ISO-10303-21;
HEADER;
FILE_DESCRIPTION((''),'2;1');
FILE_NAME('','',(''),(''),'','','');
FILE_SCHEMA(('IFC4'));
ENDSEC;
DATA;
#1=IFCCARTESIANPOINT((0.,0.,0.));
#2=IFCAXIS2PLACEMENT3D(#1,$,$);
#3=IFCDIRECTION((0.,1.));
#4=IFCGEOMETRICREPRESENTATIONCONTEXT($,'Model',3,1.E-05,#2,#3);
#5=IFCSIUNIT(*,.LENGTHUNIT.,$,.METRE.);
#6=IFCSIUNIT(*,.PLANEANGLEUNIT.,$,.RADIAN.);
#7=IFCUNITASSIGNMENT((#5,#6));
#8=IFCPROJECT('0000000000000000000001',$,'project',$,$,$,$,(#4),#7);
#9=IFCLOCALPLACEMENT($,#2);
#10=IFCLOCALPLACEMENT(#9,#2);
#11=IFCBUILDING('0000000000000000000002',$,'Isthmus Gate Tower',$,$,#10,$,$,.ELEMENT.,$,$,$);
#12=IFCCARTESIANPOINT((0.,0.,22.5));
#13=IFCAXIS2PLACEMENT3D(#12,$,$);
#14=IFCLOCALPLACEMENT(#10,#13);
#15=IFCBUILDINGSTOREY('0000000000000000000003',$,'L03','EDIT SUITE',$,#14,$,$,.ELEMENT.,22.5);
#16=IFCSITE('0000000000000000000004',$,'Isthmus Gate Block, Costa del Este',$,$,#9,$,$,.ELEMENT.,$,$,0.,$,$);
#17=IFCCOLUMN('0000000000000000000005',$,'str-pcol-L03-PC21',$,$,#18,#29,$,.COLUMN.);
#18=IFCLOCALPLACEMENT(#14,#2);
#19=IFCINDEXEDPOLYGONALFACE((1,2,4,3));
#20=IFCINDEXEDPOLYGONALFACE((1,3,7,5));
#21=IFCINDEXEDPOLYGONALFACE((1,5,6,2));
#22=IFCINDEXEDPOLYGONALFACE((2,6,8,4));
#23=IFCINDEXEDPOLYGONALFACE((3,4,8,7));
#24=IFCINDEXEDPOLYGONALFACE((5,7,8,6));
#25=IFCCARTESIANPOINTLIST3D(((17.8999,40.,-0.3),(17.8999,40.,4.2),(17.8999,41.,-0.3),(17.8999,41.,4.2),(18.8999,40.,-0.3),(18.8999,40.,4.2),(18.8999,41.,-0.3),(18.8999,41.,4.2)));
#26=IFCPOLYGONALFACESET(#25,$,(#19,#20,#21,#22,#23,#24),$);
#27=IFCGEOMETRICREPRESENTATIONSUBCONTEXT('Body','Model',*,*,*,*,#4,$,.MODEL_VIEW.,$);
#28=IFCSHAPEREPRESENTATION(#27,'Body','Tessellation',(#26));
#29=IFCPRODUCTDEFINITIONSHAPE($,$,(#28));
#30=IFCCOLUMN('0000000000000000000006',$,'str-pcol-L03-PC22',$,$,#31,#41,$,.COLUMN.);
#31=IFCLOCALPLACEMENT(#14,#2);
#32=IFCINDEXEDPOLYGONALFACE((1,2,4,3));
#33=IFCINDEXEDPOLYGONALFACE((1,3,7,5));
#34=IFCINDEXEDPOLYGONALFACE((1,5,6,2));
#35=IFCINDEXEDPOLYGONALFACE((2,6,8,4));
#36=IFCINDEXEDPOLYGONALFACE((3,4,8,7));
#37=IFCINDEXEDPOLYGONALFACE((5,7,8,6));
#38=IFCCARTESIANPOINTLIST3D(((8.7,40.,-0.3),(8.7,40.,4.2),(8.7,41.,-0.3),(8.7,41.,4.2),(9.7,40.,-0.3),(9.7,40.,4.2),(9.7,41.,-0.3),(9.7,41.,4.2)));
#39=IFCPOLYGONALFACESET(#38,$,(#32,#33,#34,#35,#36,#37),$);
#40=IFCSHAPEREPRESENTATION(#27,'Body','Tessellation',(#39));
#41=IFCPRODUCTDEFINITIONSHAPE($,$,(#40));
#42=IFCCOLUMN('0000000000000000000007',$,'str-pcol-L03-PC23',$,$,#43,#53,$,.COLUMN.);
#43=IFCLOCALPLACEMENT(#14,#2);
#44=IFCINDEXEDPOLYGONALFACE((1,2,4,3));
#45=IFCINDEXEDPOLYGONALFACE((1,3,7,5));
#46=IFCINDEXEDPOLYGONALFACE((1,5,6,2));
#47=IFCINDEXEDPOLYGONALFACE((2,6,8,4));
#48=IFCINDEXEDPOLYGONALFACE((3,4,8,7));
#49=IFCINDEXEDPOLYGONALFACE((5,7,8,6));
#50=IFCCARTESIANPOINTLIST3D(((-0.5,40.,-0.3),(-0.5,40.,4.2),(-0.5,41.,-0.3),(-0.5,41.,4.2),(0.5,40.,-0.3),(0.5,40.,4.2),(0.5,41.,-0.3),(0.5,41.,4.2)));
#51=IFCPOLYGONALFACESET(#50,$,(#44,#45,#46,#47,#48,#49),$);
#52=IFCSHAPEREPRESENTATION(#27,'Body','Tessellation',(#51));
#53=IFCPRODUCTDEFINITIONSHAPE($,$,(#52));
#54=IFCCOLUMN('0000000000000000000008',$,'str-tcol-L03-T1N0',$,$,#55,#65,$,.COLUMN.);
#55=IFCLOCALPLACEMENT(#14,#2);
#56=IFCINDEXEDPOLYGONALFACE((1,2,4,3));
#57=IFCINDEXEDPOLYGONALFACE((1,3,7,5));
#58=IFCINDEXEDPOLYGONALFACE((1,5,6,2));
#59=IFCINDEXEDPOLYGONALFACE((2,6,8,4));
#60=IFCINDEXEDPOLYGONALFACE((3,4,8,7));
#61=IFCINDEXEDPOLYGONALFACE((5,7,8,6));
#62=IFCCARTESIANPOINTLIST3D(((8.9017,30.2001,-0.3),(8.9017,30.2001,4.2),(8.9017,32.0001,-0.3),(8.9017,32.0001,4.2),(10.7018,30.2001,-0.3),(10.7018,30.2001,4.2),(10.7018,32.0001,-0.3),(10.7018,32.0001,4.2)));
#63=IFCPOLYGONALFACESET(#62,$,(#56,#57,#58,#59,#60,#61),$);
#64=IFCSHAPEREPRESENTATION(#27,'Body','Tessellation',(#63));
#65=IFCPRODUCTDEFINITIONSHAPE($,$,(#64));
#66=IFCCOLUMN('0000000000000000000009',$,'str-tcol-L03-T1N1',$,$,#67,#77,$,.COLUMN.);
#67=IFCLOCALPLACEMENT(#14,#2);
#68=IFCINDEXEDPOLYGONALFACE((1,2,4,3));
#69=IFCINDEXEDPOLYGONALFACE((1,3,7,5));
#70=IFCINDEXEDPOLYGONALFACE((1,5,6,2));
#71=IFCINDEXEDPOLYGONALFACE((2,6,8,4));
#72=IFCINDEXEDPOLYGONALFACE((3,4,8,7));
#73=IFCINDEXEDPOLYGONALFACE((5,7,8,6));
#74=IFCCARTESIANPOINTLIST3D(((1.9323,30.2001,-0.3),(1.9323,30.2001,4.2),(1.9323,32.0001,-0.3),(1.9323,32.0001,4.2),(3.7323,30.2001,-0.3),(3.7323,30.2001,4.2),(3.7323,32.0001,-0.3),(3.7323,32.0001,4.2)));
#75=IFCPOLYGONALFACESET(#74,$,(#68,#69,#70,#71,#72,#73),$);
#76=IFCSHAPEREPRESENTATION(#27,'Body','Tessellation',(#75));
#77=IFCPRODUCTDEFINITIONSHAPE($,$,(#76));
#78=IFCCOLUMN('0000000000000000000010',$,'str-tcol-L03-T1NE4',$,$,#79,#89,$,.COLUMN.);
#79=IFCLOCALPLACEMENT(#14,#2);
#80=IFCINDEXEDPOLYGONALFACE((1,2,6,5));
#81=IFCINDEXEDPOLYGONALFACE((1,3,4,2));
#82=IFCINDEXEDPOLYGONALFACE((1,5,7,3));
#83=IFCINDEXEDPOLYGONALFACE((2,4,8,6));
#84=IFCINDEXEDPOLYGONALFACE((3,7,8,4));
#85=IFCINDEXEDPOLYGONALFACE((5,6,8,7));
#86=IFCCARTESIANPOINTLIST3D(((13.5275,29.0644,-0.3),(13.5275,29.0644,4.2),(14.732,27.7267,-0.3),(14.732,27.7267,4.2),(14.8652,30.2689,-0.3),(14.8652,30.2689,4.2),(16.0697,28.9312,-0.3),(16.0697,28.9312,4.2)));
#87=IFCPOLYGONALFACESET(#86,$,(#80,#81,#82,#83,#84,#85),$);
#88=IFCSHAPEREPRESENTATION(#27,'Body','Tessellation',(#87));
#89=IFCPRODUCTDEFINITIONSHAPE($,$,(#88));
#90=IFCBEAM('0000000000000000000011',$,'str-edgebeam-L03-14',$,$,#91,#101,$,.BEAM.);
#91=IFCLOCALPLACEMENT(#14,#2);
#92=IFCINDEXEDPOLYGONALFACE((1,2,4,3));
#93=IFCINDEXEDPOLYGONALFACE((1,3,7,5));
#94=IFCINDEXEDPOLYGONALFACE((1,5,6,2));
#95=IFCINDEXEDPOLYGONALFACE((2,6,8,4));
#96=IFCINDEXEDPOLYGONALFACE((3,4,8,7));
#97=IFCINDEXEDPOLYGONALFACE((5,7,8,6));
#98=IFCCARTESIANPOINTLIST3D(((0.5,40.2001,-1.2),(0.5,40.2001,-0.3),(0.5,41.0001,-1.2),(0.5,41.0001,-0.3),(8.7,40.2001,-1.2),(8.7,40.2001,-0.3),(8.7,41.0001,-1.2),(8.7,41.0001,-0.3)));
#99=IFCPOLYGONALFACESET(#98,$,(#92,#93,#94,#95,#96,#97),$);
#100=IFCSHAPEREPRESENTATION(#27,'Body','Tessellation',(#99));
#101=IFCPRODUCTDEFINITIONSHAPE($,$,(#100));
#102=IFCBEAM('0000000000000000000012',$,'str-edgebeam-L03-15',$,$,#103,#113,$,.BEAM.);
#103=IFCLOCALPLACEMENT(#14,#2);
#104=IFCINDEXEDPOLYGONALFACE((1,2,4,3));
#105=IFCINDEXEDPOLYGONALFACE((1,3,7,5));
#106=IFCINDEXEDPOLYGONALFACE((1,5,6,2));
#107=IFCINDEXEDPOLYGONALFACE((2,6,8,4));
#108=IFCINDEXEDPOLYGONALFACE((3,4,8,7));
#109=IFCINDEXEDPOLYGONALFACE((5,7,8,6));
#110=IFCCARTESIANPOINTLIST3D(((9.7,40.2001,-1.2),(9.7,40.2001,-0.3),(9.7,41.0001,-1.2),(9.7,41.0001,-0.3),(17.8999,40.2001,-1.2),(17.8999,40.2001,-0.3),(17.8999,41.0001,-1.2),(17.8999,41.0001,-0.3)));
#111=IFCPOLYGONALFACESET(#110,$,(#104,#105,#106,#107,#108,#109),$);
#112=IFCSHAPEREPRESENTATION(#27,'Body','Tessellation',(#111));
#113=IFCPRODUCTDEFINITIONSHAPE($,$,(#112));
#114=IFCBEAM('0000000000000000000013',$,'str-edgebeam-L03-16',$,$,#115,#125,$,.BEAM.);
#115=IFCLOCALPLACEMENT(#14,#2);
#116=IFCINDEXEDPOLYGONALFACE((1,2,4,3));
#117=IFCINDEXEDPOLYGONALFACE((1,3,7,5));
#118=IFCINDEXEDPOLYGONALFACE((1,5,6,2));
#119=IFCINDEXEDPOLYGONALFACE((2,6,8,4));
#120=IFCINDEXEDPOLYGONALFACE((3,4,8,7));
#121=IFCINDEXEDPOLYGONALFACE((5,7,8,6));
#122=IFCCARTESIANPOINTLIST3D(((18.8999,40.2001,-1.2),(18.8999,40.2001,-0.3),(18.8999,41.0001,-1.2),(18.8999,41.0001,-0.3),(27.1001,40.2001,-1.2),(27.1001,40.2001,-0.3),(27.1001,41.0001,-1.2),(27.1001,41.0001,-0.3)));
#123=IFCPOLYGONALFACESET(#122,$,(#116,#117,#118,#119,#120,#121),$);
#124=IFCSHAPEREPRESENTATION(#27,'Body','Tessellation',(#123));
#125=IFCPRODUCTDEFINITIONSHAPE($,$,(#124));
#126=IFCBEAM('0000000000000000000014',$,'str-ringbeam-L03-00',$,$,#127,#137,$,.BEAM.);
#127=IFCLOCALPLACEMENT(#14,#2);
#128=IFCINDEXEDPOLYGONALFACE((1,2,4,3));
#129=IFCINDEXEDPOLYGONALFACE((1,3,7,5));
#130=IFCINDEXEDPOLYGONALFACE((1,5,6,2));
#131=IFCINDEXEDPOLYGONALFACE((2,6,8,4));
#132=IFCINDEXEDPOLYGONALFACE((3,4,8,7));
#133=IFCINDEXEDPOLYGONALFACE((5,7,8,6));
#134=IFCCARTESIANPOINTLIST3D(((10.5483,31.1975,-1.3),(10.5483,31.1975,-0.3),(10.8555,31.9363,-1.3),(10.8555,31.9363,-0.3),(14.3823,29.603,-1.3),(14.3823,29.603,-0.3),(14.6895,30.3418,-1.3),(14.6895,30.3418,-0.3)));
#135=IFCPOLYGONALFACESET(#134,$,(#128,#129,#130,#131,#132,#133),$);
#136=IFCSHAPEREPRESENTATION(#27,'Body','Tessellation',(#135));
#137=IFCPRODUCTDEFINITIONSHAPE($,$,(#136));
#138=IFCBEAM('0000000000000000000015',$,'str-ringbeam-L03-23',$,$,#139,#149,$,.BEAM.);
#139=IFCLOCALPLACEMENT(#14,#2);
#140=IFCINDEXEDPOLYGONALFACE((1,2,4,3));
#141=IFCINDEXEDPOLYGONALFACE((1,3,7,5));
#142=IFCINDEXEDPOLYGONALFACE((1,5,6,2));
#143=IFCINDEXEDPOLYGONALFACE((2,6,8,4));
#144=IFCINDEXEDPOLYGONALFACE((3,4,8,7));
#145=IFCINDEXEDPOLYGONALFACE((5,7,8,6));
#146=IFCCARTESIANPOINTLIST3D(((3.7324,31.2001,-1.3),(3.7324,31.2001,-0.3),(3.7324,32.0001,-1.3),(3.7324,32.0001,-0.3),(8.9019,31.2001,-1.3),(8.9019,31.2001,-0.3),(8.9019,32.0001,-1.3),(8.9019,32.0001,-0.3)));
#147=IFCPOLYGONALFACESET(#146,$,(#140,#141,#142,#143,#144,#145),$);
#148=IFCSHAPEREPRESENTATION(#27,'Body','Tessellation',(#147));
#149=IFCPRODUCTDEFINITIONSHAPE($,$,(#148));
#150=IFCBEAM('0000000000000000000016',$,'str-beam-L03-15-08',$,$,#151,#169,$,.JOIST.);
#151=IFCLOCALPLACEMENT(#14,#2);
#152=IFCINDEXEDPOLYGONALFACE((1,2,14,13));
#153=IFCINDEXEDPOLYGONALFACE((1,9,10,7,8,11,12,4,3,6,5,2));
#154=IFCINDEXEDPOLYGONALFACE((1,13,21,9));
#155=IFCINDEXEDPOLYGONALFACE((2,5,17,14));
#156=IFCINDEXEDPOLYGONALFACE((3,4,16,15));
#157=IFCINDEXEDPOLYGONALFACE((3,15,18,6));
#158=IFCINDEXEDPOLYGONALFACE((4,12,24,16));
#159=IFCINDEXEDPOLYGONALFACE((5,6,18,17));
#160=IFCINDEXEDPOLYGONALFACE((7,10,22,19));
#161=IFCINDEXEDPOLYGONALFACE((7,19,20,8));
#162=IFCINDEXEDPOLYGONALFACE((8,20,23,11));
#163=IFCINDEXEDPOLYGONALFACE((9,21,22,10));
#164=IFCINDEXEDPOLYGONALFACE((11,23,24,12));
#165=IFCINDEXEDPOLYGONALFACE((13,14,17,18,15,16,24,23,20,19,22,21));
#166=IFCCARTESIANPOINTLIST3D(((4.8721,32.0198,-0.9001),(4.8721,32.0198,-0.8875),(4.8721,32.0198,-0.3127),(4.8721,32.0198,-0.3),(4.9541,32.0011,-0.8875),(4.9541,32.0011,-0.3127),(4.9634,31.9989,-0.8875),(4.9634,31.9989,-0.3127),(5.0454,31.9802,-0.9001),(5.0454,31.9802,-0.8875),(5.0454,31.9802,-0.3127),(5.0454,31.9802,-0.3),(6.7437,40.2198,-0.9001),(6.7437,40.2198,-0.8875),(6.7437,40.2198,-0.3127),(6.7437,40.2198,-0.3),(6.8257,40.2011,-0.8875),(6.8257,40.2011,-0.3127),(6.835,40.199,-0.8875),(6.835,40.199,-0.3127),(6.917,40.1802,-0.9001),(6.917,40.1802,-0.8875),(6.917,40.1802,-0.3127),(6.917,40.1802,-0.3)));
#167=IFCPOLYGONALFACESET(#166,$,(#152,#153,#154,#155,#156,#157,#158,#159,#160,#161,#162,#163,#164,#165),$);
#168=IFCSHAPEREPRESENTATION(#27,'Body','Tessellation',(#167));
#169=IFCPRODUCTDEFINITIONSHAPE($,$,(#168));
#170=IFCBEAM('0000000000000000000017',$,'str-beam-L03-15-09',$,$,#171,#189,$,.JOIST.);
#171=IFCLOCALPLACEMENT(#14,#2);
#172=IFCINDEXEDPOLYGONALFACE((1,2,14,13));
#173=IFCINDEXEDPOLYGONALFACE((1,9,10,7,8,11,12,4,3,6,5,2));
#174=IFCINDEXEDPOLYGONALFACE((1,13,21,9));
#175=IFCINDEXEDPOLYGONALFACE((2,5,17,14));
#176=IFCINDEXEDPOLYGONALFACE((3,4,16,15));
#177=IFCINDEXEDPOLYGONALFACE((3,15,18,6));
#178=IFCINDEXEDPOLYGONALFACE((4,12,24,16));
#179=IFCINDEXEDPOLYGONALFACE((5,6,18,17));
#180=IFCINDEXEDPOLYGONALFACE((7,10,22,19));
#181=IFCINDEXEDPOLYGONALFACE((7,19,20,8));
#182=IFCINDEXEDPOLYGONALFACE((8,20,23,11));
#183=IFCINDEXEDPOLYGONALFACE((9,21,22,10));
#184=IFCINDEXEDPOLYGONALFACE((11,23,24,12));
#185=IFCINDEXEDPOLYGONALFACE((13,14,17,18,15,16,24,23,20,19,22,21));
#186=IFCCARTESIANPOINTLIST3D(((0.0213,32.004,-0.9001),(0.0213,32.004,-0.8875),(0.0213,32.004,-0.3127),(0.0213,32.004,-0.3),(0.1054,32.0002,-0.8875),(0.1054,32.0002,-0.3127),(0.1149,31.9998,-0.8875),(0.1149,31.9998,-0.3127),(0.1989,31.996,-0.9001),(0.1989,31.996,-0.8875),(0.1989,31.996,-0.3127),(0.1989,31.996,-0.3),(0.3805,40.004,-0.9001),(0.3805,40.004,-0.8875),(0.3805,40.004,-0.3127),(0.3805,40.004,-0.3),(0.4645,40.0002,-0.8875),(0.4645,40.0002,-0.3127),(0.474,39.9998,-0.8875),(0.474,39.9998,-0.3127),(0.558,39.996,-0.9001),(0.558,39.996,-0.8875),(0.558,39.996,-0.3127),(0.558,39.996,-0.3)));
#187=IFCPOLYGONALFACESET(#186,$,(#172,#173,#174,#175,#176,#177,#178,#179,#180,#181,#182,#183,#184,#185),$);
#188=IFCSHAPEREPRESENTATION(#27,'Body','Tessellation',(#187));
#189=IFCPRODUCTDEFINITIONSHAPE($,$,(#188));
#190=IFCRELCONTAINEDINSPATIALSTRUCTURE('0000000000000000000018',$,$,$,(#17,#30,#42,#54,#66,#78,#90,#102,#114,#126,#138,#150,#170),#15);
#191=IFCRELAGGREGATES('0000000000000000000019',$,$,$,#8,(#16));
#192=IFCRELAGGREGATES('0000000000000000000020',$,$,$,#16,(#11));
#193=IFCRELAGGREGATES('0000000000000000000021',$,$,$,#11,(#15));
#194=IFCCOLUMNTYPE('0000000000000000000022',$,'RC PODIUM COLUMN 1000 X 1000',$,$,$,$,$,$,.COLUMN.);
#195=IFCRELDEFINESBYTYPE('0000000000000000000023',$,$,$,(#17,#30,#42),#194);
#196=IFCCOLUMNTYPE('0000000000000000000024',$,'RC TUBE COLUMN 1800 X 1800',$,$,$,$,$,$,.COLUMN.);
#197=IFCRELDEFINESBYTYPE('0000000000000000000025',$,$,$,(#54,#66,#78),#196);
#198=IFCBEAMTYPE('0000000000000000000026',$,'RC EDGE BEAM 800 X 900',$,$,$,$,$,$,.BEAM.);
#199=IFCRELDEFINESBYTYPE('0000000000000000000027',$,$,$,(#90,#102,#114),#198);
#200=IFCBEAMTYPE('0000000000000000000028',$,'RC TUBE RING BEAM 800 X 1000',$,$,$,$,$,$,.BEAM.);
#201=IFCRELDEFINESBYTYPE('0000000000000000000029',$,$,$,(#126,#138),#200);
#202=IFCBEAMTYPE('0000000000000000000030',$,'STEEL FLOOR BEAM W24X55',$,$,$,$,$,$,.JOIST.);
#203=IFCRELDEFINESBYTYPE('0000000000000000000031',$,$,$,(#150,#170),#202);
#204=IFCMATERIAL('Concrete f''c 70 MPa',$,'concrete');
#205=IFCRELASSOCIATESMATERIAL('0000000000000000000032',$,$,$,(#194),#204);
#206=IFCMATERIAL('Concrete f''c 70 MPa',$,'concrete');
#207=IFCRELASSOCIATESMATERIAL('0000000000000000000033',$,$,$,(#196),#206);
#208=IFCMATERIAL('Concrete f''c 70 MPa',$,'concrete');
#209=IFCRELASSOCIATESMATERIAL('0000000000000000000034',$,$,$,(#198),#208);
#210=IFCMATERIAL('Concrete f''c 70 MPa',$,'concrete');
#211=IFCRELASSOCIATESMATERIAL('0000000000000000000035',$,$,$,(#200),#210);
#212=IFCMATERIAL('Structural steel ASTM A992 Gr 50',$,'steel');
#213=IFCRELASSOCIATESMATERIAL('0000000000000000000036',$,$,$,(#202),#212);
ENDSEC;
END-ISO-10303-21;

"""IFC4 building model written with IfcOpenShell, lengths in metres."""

from ifc_helpers import new_model, si_unit, direction, frame, origin, origin_2d, place, context, subcontext, project, spatial, rectangle, i_section, extrude, material, material_profile, profile_set, type_object, element, save


model = new_model("IFC4")

# Units and contexts
model_context = context("Model", 3, precision=1e-05, world=origin(), true_north=direction((0.0, 1.0)))
body_context = subcontext(model_context, "Body", "Model", "MODEL_VIEW")
ifc_project = project(units=[si_unit("LENGTHUNIT", "METRE"), si_unit("PLANEANGLEUNIT", "RADIAN")], contexts=[model_context])

# Site, building, storey
site_placement = place(None, origin())
site = spatial("IfcSite", under=ifc_project, at=site_placement, Name="Isthmus Gate Block, Costa del Este", CompositionType="ELEMENT", RefElevation=0.0)
building_placement = place(site_placement, origin())
building = spatial("IfcBuilding", under=site, at=building_placement, Name="Isthmus Gate Tower", CompositionType="ELEMENT")
storey_placement = place(building_placement, frame((0.0, 0.0, 22.5)))
storey = spatial("IfcBuildingStorey", under=building, at=storey_placement, Name="L03", Description="EDIT SUITE", CompositionType="ELEMENT", Elevation=22.5)

# Columns
ifc_material_1 = material(Name="Concrete f'c 70 MPa", Category="concrete")
ifc_material_profile_1 = material_profile(ifc_material_1, rectangle(XDim=1.0, YDim=1.0, at=origin_2d()), Name="RC 1000X1000")
ifc_profile_set_1 = profile_set([ifc_material_profile_1], Name="Concrete f'c 70 MPa")
column_type_1 = type_object("IfcColumnType", Name="RC PODIUM COLUMN 1000 X 1000", PredefinedType="COLUMN", material=ifc_profile_set_1)
for number, where, z_axis, x_axis, name in (
    (1, (18.3999, 40.5, -0.3), (0.0, 0.0, 1.0), (-1.0, 0.0, 0.0), "str-pcol-L03-PC21"),
    (2, (9.2, 40.5, -0.3), (0.0, 0.0, 1.0), (-1.0, 0.0, 0.0), "str-pcol-L03-PC22"),
    (3, (0.0, 40.5, -0.3), (0.0, 0.0, 1.0), (-1.0, 0.0, 0.0), "str-pcol-L03-PC23"),
):
    element("IfcColumn", number, at=place(storey_placement, frame(where, z_axis=z_axis, x_axis=x_axis)), inside=storey, type_object=column_type_1, Name=name, PredefinedType="COLUMN", context=body_context, shape_type="SweptSolid", body=[
        extrude(rectangle(XDim=1.0, YDim=1.0, at=origin_2d()), origin(), (0.0, 0.0, 1.0), 4.5),
    ])
ifc_material_2 = material(Name="Concrete f'c 70 MPa", Category="concrete")
ifc_material_profile_2 = material_profile(ifc_material_2, rectangle(XDim=1.8, YDim=1.8, at=origin_2d()), Name="RC 1800X1800")
ifc_profile_set_2 = profile_set([ifc_material_profile_2], Name="Concrete f'c 70 MPa")
column_type_2 = type_object("IfcColumnType", Name="RC TUBE COLUMN 1800 X 1800", PredefinedType="COLUMN", material=ifc_profile_set_2)
for number, where, z_axis, x_axis, name in (
    (4, (9.8018, 31.1001, -0.3), (0.0, 0.0, 1.0), (-1.0, 0.0, 0.0), "str-tcol-L03-T1N0"),
    (5, (2.8323, 31.1001, -0.3), (0.0, 0.0, 1.0), (-1.0, 0.0, 0.0), "str-tcol-L03-T1N1"),
    (6, (14.7986, 28.9978, -0.3), (0.0, 0.0, 1.0), (-0.669131, 0.743145, 0.0), "str-tcol-L03-T1NE4"),
):
    element("IfcColumn", number, at=place(storey_placement, frame(where, z_axis=z_axis, x_axis=x_axis)), inside=storey, type_object=column_type_2, Name=name, PredefinedType="COLUMN", context=body_context, shape_type="SweptSolid", body=[
        extrude(rectangle(XDim=1.8, YDim=1.8, at=origin_2d()), origin(), (0.0, 0.0, 1.0), 4.5),
    ])

# Beams
ifc_material_3 = material(Name="Concrete f'c 70 MPa", Category="concrete")
ifc_material_profile_3 = material_profile(ifc_material_3, rectangle(XDim=0.8, YDim=0.8999, at=origin_2d()), Name="RC 800X900")
ifc_profile_set_3 = profile_set([ifc_material_profile_3], Name="Concrete f'c 70 MPa")
beam_type_1 = type_object("IfcBeamType", Name="RC EDGE BEAM 800 X 900", PredefinedType="BEAM", material=ifc_profile_set_3)
for number, where, z_axis, x_axis, name in (
    (7, (0.5, 40.6001, -0.75), (1.0, 0.0, 0.0), (0.0, 1.0, 0.0), "str-edgebeam-L03-14"),
    (8, (9.7, 40.6001, -0.75), (1.0, 0.0, 0.0), (0.0, 1.0, 0.0), "str-edgebeam-L03-15"),
):
    element("IfcBeam", number, at=place(storey_placement, frame(where, z_axis=z_axis, x_axis=x_axis)), inside=storey, type_object=beam_type_1, Name=name, PredefinedType="BEAM", context=body_context, shape_type="SweptSolid", body=[
        extrude(rectangle(XDim=0.8, YDim=0.8999, at=origin_2d()), origin(), (0.0, 0.0, 1.0), 8.2),
    ])
beam_1_placement = place(storey_placement, frame((18.8999, 40.6001, -0.75), z_axis=(1.0, 0.0, 0.0), x_axis=(0.0, 1.0, 0.0)))
element("IfcBeam", 9, at=beam_1_placement, inside=storey, type_object=beam_type_1, Name="str-edgebeam-L03-16", PredefinedType="BEAM", context=body_context, shape_type="SweptSolid", body=[
    extrude(rectangle(XDim=0.8, YDim=0.8999, at=origin_2d()), origin(), (0.0, 0.0, 1.0), 8.2002),
])
ifc_material_4 = material(Name="Concrete f'c 70 MPa", Category="concrete")
ifc_material_profile_4 = material_profile(ifc_material_4, rectangle(XDim=0.8, YDim=1.0, at=origin_2d()), Name="RC 800X1000")
ifc_profile_set_4 = profile_set([ifc_material_profile_4], Name="Concrete f'c 70 MPa")
beam_type_2 = type_object("IfcBeamType", Name="RC TUBE RING BEAM 800 X 1000", PredefinedType="BEAM", material=ifc_profile_set_4)
beam_2_placement = place(storey_placement, frame((10.7019, 31.5669, -0.8), z_axis=(0.923334, -0.383997, 0.0), x_axis=(0.383997, 0.923334, 0.0)))
element("IfcBeam", 10, at=beam_2_placement, inside=storey, type_object=beam_type_2, Name="str-ringbeam-L03-00", PredefinedType="BEAM", context=body_context, shape_type="SweptSolid", body=[
    extrude(rectangle(XDim=0.8, YDim=1.0, at=origin_2d()), origin(), (0.0, 0.0, 1.0), 4.1523),
])
beam_3_placement = place(storey_placement, frame((3.7324, 31.6001, -0.8), z_axis=(1.0, 0.0, 0.0), x_axis=(0.0, 1.0, 0.0)))
element("IfcBeam", 11, at=beam_3_placement, inside=storey, type_object=beam_type_2, Name="str-ringbeam-L03-23", PredefinedType="BEAM", context=body_context, shape_type="SweptSolid", body=[
    extrude(rectangle(XDim=0.8, YDim=1.0, at=origin_2d()), origin(), (0.0, 0.0, 1.0), 5.1694),
])
ifc_material_5 = material(Name="Structural steel ASTM A992 Gr 50", Category="steel")
ifc_material_profile_5 = material_profile(ifc_material_5, i_section(OverallWidth=0.1777, OverallDepth=0.6001, WebThickness=0.0095, FlangeThickness=0.0127, at=origin_2d()), Name="W24X55")
ifc_profile_set_5 = profile_set([ifc_material_profile_5], Name="Structural steel ASTM A992 Gr 50")
beam_type_3 = type_object("IfcBeamType", Name="STEEL FLOOR BEAM W24X55", PredefinedType="JOIST", material=ifc_profile_set_5)
beam_4_placement = place(storey_placement, frame((4.9587, 32.0, -0.6001), z_axis=(0.222521, 0.974928, 0.0), x_axis=(-0.974928, 0.222521, 0.0)))
element("IfcBeam", 12, at=beam_4_placement, inside=storey, type_object=beam_type_3, Name="str-beam-L03-15-08", PredefinedType="JOIST", context=body_context, shape_type="SweptSolid", body=[
    extrude(i_section(OverallWidth=0.1777, OverallDepth=0.6001, WebThickness=0.0095, FlangeThickness=0.0127, at=origin_2d()), origin(), (0.0, 0.0, 1.0), 8.4109),
])
beam_5_placement = place(storey_placement, frame((0.1101, 32.0, -0.6001), z_axis=(0.044846, 0.998994, 0.0), x_axis=(-0.998994, 0.044846, 0.0)))
element("IfcBeam", 13, at=beam_5_placement, inside=storey, type_object=beam_type_3, Name="str-beam-L03-15-09", PredefinedType="JOIST", context=body_context, shape_type="SweptSolid", body=[
    extrude(i_section(OverallWidth=0.1777, OverallDepth=0.6001, WebThickness=0.0095, FlangeThickness=0.0127, at=origin_2d()), origin(), (0.0, 0.0, 1.0), 8.0081),
])

save(model, "model.ifc")
